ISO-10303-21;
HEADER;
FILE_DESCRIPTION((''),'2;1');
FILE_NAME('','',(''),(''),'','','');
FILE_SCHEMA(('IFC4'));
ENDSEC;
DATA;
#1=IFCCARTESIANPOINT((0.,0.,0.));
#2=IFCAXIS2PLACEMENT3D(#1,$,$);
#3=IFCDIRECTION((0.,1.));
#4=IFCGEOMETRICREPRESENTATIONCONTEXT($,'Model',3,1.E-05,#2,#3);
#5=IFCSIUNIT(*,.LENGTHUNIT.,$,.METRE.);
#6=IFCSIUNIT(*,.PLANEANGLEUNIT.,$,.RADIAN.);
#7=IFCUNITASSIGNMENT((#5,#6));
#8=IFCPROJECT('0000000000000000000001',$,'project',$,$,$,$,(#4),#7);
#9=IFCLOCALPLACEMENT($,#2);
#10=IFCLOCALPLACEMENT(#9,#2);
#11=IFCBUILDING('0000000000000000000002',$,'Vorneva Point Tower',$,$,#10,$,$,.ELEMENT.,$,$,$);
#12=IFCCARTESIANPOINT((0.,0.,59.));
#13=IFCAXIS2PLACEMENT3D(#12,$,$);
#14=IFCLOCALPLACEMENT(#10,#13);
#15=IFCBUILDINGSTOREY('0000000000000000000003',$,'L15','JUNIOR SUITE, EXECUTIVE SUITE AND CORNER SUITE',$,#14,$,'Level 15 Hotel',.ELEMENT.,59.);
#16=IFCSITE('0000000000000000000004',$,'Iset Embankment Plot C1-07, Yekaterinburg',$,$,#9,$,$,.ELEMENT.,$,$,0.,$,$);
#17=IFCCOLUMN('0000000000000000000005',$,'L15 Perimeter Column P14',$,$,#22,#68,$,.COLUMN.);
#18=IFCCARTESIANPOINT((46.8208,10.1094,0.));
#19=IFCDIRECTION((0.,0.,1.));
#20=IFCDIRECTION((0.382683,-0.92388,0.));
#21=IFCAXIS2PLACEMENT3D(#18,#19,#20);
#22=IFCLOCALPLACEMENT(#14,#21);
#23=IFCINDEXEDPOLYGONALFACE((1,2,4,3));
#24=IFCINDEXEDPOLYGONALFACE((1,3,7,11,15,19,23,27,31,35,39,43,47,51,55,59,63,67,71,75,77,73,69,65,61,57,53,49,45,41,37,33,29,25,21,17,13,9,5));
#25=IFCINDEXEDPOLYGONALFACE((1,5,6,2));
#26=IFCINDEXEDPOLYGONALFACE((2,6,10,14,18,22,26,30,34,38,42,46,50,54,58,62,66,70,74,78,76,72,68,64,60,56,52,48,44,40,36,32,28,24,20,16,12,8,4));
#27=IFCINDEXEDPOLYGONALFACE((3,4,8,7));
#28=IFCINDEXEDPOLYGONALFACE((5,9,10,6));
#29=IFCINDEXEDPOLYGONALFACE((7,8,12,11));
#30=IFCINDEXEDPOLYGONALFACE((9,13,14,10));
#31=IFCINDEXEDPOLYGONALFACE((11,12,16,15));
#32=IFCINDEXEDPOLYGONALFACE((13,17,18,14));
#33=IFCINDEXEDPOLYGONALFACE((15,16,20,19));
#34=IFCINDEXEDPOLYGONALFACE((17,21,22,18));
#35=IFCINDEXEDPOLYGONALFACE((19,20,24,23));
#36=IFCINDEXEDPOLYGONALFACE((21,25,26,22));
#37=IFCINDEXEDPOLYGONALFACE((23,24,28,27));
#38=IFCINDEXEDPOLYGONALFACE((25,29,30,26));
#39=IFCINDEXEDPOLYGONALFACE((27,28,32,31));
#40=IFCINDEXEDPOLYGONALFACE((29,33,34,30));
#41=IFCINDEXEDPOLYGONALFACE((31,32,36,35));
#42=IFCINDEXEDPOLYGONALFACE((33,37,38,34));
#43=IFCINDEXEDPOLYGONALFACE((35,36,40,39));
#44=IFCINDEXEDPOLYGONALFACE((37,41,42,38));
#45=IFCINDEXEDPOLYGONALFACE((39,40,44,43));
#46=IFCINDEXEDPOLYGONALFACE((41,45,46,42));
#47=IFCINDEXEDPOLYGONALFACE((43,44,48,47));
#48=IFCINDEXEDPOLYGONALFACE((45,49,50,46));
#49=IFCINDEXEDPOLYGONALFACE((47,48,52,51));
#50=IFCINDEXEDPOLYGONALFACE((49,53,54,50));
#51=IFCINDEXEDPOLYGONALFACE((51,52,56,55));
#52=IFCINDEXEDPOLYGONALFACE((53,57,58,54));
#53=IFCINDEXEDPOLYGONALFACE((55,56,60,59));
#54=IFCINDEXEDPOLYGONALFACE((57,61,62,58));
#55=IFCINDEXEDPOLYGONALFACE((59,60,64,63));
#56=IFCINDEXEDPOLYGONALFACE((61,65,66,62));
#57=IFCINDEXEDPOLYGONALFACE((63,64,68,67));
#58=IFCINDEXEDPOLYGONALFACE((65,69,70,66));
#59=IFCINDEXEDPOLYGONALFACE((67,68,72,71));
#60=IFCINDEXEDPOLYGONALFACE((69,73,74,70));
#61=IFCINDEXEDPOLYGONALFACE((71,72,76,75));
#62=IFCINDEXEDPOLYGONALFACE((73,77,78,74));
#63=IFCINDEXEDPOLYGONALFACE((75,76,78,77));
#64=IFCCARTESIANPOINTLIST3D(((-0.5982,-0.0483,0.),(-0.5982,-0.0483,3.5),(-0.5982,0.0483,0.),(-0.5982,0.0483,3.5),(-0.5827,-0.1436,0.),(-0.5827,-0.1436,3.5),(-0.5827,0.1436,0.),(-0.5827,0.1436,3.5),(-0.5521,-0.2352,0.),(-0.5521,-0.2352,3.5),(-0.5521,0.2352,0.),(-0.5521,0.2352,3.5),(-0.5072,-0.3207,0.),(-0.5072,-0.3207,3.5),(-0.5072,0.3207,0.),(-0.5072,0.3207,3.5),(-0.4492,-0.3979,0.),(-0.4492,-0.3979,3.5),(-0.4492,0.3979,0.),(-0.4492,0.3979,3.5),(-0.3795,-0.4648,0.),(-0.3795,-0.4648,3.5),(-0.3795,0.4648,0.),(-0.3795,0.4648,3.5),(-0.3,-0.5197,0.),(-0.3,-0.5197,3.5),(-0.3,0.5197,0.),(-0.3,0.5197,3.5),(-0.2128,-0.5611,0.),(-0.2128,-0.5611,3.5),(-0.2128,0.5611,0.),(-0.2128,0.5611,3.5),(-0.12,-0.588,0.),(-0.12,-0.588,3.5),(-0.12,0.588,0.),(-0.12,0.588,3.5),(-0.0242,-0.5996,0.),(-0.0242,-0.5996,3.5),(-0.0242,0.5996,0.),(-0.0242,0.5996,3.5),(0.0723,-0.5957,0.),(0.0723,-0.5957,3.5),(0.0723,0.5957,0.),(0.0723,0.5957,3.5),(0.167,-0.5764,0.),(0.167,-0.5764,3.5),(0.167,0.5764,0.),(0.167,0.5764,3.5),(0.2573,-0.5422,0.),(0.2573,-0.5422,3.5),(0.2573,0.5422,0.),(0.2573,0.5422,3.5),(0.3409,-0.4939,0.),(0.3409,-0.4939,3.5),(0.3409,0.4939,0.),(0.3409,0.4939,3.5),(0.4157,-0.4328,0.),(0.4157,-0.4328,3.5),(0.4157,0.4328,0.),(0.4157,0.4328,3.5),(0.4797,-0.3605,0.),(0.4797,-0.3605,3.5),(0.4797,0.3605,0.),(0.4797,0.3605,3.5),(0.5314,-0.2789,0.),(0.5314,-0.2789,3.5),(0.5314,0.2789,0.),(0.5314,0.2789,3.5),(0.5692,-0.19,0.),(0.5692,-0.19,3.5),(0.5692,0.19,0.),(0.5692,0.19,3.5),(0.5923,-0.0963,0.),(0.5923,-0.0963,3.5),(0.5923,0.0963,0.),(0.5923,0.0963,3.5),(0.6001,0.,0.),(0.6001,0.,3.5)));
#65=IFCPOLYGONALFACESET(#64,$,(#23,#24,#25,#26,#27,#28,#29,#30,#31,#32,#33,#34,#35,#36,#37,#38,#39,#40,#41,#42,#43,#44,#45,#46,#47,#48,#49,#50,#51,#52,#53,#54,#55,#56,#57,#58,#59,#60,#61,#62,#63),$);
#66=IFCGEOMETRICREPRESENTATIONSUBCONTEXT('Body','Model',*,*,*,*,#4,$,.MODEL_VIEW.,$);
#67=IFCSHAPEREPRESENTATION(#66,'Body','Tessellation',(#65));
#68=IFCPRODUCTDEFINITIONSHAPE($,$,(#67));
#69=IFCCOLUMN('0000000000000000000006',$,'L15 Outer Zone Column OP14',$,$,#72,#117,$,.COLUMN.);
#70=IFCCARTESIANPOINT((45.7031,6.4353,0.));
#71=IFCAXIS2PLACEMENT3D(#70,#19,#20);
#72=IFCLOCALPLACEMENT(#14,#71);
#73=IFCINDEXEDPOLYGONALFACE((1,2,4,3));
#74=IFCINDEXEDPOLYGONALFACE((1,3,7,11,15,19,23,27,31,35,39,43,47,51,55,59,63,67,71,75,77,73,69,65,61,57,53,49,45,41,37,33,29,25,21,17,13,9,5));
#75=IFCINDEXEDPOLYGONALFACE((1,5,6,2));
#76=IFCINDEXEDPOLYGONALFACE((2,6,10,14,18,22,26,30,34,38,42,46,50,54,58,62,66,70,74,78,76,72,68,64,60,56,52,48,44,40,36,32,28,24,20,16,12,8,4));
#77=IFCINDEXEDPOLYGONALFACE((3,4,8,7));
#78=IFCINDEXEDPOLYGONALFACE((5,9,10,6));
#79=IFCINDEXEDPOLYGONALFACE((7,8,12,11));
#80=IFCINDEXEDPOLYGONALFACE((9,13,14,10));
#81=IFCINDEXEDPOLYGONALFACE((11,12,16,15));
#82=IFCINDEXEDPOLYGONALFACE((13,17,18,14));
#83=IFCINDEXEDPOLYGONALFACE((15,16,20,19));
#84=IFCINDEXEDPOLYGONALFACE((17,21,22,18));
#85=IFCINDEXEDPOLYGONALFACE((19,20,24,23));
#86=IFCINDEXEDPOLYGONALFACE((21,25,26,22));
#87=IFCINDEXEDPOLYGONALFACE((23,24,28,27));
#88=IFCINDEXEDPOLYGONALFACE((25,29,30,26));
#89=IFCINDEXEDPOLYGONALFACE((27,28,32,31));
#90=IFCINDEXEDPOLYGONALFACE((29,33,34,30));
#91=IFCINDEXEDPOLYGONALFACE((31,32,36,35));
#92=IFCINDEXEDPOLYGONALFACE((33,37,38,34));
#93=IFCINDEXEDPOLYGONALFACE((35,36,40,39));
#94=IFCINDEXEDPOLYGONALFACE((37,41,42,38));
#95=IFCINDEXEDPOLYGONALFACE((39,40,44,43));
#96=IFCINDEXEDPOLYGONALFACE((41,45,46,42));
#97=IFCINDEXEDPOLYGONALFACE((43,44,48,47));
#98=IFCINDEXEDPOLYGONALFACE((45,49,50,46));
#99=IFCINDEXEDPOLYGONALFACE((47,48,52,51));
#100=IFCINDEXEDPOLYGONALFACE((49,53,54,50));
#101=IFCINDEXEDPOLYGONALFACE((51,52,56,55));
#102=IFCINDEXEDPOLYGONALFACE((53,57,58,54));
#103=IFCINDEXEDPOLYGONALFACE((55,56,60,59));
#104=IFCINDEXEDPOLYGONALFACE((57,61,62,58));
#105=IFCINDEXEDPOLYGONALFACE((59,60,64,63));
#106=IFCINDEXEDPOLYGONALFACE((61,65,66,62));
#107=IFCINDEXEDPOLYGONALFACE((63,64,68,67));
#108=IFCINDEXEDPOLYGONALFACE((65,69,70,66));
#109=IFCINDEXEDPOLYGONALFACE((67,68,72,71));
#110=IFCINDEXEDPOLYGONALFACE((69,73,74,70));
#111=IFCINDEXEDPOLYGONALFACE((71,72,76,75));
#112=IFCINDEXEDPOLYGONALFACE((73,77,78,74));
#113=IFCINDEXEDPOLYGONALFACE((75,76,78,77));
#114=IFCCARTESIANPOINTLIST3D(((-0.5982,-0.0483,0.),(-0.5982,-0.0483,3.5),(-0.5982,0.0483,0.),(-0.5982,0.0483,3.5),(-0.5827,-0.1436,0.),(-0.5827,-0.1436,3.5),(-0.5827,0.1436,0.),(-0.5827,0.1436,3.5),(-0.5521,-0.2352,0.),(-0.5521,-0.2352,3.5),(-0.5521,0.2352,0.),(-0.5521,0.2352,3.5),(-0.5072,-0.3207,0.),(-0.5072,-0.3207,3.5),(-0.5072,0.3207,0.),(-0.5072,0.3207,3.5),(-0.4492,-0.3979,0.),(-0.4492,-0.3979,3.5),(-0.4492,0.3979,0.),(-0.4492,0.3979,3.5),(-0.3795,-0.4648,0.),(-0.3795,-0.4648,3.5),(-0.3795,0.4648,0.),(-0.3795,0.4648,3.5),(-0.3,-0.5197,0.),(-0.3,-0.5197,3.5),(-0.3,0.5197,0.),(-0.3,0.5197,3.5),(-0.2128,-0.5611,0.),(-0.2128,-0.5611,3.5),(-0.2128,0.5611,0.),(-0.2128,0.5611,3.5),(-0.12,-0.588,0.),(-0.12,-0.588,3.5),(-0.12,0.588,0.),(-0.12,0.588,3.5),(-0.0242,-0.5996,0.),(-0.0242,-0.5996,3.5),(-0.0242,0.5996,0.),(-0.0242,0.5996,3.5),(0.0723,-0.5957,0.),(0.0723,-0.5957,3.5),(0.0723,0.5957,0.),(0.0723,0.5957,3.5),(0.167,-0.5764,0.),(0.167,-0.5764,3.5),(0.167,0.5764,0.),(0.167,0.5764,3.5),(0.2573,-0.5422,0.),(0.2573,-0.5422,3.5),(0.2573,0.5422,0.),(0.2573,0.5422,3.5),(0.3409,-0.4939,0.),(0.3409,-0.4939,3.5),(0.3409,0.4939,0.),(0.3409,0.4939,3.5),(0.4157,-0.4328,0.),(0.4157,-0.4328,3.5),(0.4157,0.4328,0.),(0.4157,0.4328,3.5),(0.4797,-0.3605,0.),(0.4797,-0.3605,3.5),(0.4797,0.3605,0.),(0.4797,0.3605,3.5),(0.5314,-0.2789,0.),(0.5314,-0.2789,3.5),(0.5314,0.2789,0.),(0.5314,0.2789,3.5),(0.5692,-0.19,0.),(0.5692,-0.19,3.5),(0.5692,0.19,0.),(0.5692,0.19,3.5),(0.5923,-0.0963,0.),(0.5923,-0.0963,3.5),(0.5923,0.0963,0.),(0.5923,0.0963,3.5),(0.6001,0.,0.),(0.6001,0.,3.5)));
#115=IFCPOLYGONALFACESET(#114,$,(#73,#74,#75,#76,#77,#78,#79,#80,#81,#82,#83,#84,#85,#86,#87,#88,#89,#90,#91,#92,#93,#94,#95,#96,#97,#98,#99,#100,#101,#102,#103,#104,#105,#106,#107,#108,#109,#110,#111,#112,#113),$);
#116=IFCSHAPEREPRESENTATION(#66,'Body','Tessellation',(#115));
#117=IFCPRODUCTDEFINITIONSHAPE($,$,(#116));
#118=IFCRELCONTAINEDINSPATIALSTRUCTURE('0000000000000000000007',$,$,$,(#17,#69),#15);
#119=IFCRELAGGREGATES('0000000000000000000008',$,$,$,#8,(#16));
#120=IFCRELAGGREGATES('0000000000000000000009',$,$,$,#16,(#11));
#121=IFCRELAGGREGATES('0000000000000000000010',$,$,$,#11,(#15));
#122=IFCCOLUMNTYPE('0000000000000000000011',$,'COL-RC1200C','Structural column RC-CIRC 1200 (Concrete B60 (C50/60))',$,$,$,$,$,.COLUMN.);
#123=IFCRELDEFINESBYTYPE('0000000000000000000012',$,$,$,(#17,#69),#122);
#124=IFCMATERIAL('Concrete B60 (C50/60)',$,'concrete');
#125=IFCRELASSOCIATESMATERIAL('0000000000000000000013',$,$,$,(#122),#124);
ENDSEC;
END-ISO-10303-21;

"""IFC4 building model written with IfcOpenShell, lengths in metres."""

from ifc_helpers import new_model, si_unit, direction, frame, origin, origin_2d, place, context, subcontext, project, spatial, circle, extrude, material, material_profile, profile_set, type_object, element, save


model = new_model("IFC4")

# Units and contexts
model_context = context("Model", 3, precision=1e-05, world=origin(), true_north=direction((0.0, 1.0)))
body_context = subcontext(model_context, "Body", "Model", "MODEL_VIEW")
ifc_project = project(units=[si_unit("LENGTHUNIT", "METRE"), si_unit("PLANEANGLEUNIT", "RADIAN")], contexts=[model_context])

# Site, building, storey
site_placement = place(None, origin())
site = spatial("IfcSite", under=ifc_project, at=site_placement, Name="Iset Embankment Plot C1-07, Yekaterinburg", CompositionType="ELEMENT", RefElevation=0.0)
building_placement = place(site_placement, origin())
building = spatial("IfcBuilding", under=site, at=building_placement, Name="Vorneva Point Tower", CompositionType="ELEMENT")
storey_placement = place(building_placement, frame((0.0, 0.0, 59.0)))
storey = spatial("IfcBuildingStorey", under=building, at=storey_placement, Name="L15", Description="JUNIOR SUITE, EXECUTIVE SUITE AND CORNER SUITE", LongName="Level 15 Hotel", CompositionType="ELEMENT", Elevation=59.0)

# Columns
ifc_material_1 = material(Name="Concrete B60 (C50/60)", Category="concrete")
ifc_material_profile_1 = material_profile(ifc_material_1, circle(Radius=0.6001, at=origin_2d()), Name="RC-CIRC 1200")
ifc_profile_set_1 = profile_set([ifc_material_profile_1], Name="Concrete B60 (C50/60)")
column_type = type_object("IfcColumnType", Name="COL-RC1200C", Description="Structural column RC-CIRC 1200 (Concrete B60 (C50/60))", PredefinedType="COLUMN", material=ifc_profile_set_1)
for number, where, z_axis, x_axis, name in (
    (1, (46.8208, 10.1094, 0.0), (0.0, 0.0, 1.0), (0.382683, -0.92388, 0.0), "L15 Perimeter Column P14"),
    (2, (45.7031, 6.4353, 0.0), (0.0, 0.0, 1.0), (0.382683, -0.92388, 0.0), "L15 Outer Zone Column OP14"),
):
    element("IfcColumn", number, at=place(storey_placement, frame(where, z_axis=z_axis, x_axis=x_axis)), inside=storey, type_object=column_type, Name=name, PredefinedType="COLUMN", context=body_context, shape_type="SweptSolid", body=[
        extrude(circle(Radius=0.6001, at=origin_2d()), origin(), (0.0, 0.0, 1.0), 3.5),
    ])

save(model, "model.ifc")
